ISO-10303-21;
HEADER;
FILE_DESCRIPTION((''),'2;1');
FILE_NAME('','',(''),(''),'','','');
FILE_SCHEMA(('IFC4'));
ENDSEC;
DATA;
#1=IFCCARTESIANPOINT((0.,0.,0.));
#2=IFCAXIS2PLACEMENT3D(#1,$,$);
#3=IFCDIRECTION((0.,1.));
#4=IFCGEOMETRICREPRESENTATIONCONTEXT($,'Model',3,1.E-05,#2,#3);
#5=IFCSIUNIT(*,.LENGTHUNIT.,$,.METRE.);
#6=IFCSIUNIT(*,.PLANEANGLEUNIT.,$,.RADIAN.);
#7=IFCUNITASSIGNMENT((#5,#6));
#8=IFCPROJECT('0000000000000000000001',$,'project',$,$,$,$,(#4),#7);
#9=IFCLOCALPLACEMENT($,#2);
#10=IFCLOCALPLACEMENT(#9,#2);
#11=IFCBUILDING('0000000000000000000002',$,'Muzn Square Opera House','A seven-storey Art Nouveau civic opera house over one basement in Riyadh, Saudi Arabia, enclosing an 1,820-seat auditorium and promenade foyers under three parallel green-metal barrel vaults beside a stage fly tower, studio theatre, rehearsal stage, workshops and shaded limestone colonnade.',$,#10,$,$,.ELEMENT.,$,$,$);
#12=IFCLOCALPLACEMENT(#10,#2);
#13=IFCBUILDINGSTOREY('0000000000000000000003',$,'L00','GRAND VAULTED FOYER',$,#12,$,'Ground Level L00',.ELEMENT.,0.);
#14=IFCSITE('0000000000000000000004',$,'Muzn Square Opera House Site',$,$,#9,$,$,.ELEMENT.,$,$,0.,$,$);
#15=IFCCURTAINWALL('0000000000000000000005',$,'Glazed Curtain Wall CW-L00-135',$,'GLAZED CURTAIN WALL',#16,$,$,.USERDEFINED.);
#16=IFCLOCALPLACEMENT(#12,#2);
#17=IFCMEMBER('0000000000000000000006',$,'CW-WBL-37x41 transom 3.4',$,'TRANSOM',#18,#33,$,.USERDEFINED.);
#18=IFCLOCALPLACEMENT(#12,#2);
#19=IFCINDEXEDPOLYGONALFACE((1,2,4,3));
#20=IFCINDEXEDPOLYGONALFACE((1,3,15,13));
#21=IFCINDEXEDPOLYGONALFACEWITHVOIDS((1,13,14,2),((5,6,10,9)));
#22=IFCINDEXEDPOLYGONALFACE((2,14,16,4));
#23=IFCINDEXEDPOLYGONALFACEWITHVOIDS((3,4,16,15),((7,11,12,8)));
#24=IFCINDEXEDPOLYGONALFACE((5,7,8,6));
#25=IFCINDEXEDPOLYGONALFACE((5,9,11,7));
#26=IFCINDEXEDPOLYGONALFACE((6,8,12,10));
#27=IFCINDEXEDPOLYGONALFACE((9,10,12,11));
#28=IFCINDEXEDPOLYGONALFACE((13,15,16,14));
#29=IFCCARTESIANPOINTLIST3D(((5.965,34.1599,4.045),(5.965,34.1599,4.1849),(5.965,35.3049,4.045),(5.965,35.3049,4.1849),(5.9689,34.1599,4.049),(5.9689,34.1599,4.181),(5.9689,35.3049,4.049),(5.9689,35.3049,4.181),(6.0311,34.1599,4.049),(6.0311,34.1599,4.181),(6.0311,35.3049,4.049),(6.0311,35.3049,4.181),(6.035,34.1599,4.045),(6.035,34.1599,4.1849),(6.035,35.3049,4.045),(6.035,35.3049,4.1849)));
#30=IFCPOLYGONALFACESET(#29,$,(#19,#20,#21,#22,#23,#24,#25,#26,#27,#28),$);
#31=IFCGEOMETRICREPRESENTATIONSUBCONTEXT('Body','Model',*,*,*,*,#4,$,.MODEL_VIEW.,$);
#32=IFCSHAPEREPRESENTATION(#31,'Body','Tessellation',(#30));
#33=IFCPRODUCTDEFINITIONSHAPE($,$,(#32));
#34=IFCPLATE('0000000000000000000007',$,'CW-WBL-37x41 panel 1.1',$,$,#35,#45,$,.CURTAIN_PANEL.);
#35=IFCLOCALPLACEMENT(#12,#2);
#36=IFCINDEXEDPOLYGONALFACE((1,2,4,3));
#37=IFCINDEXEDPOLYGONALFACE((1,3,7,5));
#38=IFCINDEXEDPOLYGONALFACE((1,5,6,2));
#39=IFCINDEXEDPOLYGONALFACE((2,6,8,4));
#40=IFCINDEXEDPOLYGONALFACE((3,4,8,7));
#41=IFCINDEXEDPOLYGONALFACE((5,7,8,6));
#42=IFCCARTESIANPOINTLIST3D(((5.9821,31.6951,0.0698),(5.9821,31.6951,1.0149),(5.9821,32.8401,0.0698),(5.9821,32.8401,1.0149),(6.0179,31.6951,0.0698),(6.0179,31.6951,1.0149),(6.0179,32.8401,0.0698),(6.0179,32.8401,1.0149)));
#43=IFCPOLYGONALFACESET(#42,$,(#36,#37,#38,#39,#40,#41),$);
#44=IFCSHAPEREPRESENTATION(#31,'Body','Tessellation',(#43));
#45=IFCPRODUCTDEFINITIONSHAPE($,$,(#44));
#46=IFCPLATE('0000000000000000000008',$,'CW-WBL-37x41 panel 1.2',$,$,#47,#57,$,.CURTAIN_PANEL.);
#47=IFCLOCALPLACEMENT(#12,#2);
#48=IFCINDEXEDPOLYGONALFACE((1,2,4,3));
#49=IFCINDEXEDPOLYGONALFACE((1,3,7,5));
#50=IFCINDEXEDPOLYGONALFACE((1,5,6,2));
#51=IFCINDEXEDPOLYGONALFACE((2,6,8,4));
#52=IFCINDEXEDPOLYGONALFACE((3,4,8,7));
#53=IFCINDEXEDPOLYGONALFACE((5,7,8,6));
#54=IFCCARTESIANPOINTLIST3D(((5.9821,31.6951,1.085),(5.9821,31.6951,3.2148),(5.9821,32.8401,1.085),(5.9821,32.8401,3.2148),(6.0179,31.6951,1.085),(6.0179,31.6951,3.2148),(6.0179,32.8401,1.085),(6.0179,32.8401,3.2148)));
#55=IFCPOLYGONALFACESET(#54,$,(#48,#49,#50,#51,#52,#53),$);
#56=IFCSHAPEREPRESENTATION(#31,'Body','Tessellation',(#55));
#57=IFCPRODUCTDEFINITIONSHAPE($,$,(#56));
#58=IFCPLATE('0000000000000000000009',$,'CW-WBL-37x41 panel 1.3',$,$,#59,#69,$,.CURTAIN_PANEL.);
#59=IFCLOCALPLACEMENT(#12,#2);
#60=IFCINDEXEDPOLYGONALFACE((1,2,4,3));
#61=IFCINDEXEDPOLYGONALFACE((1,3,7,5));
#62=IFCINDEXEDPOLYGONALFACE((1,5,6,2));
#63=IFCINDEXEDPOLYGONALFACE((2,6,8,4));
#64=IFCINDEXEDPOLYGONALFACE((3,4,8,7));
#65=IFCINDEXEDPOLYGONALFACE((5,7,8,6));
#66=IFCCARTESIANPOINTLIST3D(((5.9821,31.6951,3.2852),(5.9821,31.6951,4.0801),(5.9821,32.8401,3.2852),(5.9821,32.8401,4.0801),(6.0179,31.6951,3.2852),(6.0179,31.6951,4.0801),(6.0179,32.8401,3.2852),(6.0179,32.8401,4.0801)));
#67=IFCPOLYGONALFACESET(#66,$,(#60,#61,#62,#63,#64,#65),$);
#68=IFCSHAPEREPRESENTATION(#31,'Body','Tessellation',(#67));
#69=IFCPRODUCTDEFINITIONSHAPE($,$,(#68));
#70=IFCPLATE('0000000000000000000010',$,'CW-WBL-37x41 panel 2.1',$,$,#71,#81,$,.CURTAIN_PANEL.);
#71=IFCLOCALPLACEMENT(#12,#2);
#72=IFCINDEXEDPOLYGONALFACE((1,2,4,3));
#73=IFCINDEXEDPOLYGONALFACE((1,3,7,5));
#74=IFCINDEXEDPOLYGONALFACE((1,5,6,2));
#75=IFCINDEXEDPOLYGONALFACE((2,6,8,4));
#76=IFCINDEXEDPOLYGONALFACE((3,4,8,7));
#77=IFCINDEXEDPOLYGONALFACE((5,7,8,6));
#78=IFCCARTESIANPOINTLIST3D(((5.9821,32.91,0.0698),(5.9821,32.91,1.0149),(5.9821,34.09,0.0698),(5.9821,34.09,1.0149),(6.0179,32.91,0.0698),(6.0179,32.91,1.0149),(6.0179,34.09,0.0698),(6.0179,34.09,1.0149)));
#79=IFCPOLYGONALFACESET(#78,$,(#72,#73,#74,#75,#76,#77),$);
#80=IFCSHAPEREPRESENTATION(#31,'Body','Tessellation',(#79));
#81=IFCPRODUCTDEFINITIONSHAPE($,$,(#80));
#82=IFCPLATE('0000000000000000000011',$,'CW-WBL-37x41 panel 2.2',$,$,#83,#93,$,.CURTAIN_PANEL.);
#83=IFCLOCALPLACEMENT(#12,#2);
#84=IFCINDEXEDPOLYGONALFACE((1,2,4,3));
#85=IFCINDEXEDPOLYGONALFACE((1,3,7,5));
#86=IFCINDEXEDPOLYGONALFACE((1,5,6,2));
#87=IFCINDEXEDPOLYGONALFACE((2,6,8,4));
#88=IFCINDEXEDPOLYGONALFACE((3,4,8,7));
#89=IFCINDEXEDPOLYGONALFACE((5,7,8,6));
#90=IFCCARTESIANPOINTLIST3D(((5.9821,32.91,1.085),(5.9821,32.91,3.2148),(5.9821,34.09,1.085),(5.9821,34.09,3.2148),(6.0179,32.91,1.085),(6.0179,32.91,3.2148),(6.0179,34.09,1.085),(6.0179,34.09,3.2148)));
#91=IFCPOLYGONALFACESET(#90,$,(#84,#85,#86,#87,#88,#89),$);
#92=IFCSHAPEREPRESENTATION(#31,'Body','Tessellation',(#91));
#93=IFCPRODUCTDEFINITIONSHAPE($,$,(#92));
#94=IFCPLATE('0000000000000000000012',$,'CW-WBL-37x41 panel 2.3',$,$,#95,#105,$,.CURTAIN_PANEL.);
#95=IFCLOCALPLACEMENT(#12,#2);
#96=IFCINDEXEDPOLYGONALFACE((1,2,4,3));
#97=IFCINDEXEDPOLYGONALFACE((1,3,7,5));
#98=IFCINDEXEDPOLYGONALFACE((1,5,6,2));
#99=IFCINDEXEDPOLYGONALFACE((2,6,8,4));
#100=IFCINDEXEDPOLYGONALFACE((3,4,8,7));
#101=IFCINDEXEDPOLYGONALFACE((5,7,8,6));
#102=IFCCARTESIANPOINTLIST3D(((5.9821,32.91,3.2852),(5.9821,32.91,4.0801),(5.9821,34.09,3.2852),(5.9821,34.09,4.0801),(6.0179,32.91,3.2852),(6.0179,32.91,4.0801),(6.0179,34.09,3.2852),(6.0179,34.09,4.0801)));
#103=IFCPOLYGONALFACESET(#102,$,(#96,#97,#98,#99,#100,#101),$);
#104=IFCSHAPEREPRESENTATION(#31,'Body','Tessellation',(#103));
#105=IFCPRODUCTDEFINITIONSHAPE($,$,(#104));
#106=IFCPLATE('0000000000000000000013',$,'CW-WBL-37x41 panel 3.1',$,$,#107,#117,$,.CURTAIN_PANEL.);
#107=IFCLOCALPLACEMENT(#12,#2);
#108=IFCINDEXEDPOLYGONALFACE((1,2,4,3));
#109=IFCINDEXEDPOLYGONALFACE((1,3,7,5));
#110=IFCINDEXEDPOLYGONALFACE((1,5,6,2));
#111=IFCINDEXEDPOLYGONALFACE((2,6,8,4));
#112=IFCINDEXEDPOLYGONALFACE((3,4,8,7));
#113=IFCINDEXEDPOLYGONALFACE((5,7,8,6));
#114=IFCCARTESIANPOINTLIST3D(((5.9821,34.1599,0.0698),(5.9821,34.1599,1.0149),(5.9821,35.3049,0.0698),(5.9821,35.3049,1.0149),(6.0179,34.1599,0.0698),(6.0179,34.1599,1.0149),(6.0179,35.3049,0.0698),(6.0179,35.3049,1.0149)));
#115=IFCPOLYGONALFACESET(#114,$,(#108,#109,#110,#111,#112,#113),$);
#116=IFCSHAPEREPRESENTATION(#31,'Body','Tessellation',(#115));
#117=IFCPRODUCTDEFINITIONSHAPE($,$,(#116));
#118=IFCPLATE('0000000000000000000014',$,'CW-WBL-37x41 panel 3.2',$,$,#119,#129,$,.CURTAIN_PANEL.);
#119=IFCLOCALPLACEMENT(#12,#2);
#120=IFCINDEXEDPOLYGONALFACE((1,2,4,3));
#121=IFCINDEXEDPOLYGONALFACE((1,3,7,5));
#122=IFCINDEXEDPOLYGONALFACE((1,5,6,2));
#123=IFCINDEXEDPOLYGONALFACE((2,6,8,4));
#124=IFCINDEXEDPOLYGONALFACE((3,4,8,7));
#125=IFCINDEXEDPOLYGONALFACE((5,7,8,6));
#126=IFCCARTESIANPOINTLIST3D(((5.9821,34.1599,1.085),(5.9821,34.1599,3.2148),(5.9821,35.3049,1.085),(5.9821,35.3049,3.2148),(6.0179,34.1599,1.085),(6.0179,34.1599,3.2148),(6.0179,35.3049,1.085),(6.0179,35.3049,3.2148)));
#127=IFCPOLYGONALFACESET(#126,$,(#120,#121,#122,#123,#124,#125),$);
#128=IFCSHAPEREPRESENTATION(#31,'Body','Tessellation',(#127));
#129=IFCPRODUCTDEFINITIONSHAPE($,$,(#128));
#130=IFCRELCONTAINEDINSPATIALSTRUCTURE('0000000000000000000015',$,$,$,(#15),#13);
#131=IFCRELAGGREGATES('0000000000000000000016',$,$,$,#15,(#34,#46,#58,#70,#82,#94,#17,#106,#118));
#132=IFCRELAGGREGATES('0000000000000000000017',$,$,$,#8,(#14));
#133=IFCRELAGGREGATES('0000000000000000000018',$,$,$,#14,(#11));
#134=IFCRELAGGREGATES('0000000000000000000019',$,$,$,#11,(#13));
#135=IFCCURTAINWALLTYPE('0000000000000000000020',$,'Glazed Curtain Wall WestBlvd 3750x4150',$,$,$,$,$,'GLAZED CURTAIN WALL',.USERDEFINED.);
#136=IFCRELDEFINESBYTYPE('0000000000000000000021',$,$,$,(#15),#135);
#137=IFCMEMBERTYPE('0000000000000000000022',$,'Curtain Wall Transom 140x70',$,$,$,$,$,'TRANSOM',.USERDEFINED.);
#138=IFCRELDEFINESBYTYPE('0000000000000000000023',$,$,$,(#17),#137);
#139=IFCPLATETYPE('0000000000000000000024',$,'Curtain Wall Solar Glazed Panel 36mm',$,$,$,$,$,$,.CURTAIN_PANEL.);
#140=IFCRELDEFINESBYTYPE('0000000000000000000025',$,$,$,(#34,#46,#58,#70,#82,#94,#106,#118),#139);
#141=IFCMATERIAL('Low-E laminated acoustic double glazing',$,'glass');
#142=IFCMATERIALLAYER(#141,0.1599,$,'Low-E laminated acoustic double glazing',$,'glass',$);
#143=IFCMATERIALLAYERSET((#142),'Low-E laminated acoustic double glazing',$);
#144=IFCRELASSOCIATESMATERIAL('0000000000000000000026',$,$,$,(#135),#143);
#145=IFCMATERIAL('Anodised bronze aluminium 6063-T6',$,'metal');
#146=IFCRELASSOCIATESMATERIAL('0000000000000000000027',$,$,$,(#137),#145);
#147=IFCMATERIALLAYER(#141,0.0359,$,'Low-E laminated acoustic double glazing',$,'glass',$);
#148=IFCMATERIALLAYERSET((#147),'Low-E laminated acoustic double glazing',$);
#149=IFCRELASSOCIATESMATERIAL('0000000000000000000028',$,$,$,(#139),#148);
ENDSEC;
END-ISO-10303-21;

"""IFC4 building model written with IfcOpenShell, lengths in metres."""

from ifc_helpers import new_model, si_unit, direction, frame, origin, origin_2d, place, context, subcontext, project, spatial, rectangle, hollow_rectangle, extrude, material, layer, layer_set, material_profile, profile_set, type_object, element, aggregate, save


model = new_model("IFC4")

# Units and contexts
model_context = context("Model", 3, precision=1e-05, world=origin(), true_north=direction((0.0, 1.0)))
body_context = subcontext(model_context, "Body", "Model", "MODEL_VIEW")
ifc_project = project(units=[si_unit("LENGTHUNIT", "METRE"), si_unit("PLANEANGLEUNIT", "RADIAN")], contexts=[model_context])

# Site, building, storey
site_placement = place(None, origin())
site = spatial("IfcSite", under=ifc_project, at=site_placement, Name="Muzn Square Opera House Site", CompositionType="ELEMENT", RefElevation=0.0)
building_placement = place(site_placement, origin())
building = spatial("IfcBuilding", under=site, at=building_placement, Name="Muzn Square Opera House", Description="A seven-storey Art Nouveau civic opera house over one basement in Riyadh, Saudi Arabia, enclosing an 1,820-seat auditorium and promenade foyers under three parallel green-metal barrel vaults beside a stage fly tower, studio theatre, rehearsal stage, workshops and shaded limestone colonnade.", CompositionType="ELEMENT")
storey_placement = place(building_placement, origin())
storey = spatial("IfcBuildingStorey", under=building, at=storey_placement, Name="L00", Description="GRAND VAULTED FOYER", LongName="Ground Level L00", CompositionType="ELEMENT", Elevation=0.0)

# Curtain wall, member, plates
ifc_material_1 = material(Name="Low-E laminated acoustic double glazing", Category="glass")
ifc_layer_1 = layer(ifc_material_1, 0.1599, Name="Low-E laminated acoustic double glazing", Category="glass")
ifc_layer_set_1 = layer_set([ifc_layer_1], Name="Low-E laminated acoustic double glazing")
curtain_wall_type = type_object("IfcCurtainWallType", Name="Glazed Curtain Wall WestBlvd 3750x4150", ElementType="GLAZED CURTAIN WALL", PredefinedType="USERDEFINED", material=ifc_layer_set_1)
curtain_wall_placement = place(storey_placement, origin())
curtain_wall = element("IfcCurtainWall", 1, at=curtain_wall_placement, inside=storey, type_object=curtain_wall_type, Name="Glazed Curtain Wall CW-L00-135", ObjectType="GLAZED CURTAIN WALL", PredefinedType="USERDEFINED")
ifc_material_2 = material(Name="Anodised bronze aluminium 6063-T6", Category="metal")
ifc_material_profile_1 = material_profile(ifc_material_2, hollow_rectangle(XDim=0.0701, YDim=0.1399, WallThickness=0.0039, at=origin_2d()), Name="ALU 140x70x4", Category="metal")
ifc_profile_set_1 = profile_set([ifc_material_profile_1], Name="Anodised bronze aluminium 6063-T6")
member_type_1 = type_object("IfcMemberType", Name="Curtain Wall Transom 140x70", ElementType="TRANSOM", PredefinedType="USERDEFINED", material=ifc_profile_set_1)
member_1_placement = place(storey_placement, frame((6.0, 34.1599, 4.115), z_axis=(0.0, 1.0, 0.0), x_axis=(-1.0, 0.0, 0.0)))
member_1 = element("IfcMember", 2, at=member_1_placement, type_object=member_type_1, Name="CW-WBL-37x41 transom 3.4", ObjectType="TRANSOM", PredefinedType="USERDEFINED", context=body_context, shape_type="SweptSolid", body=[
    extrude(hollow_rectangle(XDim=0.0701, YDim=0.1399, WallThickness=0.0039, at=origin_2d()), origin(), (0.0, 0.0, 1.0), 1.145),
])
ifc_layer_2 = layer(ifc_material_1, 0.0359, Name="Low-E laminated acoustic double glazing", Category="glass")
ifc_layer_set_2 = layer_set([ifc_layer_2], Name="Low-E laminated acoustic double glazing")
plate_type = type_object("IfcPlateType", Name="Curtain Wall Solar Glazed Panel 36mm", PredefinedType="CURTAIN_PANEL", material=ifc_layer_set_2)
plate_1_placement = place(storey_placement, frame((6.0, 32.2676, 0.0698), z_axis=(0.0, 0.0, 1.0), x_axis=(0.0, 1.0, 0.0)))
plate_1 = element("IfcPlate", 3, at=plate_1_placement, type_object=plate_type, Name="CW-WBL-37x41 panel 1.1", PredefinedType="CURTAIN_PANEL", context=body_context, shape_type="SweptSolid", body=[
    extrude(rectangle(XDim=1.145, YDim=0.0359, at=origin_2d()), origin(), (0.0, 0.0, 1.0), 0.9451),
])
plate_2_placement = place(storey_placement, frame((6.0, 32.2676, 1.085), z_axis=(0.0, 0.0, 1.0), x_axis=(0.0, 1.0, 0.0)))
plate_2 = element("IfcPlate", 4, at=plate_2_placement, type_object=plate_type, Name="CW-WBL-37x41 panel 1.2", PredefinedType="CURTAIN_PANEL", context=body_context, shape_type="SweptSolid", body=[
    extrude(rectangle(XDim=1.145, YDim=0.0359, at=origin_2d()), origin(), (0.0, 0.0, 1.0), 2.1299),
])
plate_3_placement = place(storey_placement, frame((6.0, 32.2676, 3.2852), z_axis=(0.0, 0.0, 1.0), x_axis=(0.0, 1.0, 0.0)))
plate_3 = element("IfcPlate", 5, at=plate_3_placement, type_object=plate_type, Name="CW-WBL-37x41 panel 1.3", PredefinedType="CURTAIN_PANEL", context=body_context, shape_type="SweptSolid", body=[
    extrude(rectangle(XDim=1.145, YDim=0.0359, at=origin_2d()), origin(), (0.0, 0.0, 1.0), 0.7949),
])
plate_4_placement = place(storey_placement, frame((6.0, 33.5, 0.0698), z_axis=(0.0, 0.0, 1.0), x_axis=(0.0, 1.0, 0.0)))
plate_4 = element("IfcPlate", 6, at=plate_4_placement, type_object=plate_type, Name="CW-WBL-37x41 panel 2.1", PredefinedType="CURTAIN_PANEL", context=body_context, shape_type="SweptSolid", body=[
    extrude(rectangle(XDim=1.1799, YDim=0.0359, at=origin_2d()), origin(), (0.0, 0.0, 1.0), 0.9451),
])
plate_5_placement = place(storey_placement, frame((6.0, 33.5, 1.085), z_axis=(0.0, 0.0, 1.0), x_axis=(0.0, 1.0, 0.0)))
plate_5 = element("IfcPlate", 7, at=plate_5_placement, type_object=plate_type, Name="CW-WBL-37x41 panel 2.2", PredefinedType="CURTAIN_PANEL", context=body_context, shape_type="SweptSolid", body=[
    extrude(rectangle(XDim=1.1799, YDim=0.0359, at=origin_2d()), origin(), (0.0, 0.0, 1.0), 2.1299),
])
plate_6_placement = place(storey_placement, frame((6.0, 33.5, 3.2852), z_axis=(0.0, 0.0, 1.0), x_axis=(0.0, 1.0, 0.0)))
plate_6 = element("IfcPlate", 8, at=plate_6_placement, type_object=plate_type, Name="CW-WBL-37x41 panel 2.3", PredefinedType="CURTAIN_PANEL", context=body_context, shape_type="SweptSolid", body=[
    extrude(rectangle(XDim=1.1799, YDim=0.0359, at=origin_2d()), origin(), (0.0, 0.0, 1.0), 0.7949),
])
plate_7_placement = place(storey_placement, frame((6.0, 34.7324, 0.0698), z_axis=(0.0, 0.0, 1.0), x_axis=(0.0, 1.0, 0.0)))
plate_7 = element("IfcPlate", 9, at=plate_7_placement, type_object=plate_type, Name="CW-WBL-37x41 panel 3.1", PredefinedType="CURTAIN_PANEL", context=body_context, shape_type="SweptSolid", body=[
    extrude(rectangle(XDim=1.145, YDim=0.0359, at=origin_2d()), origin(), (0.0, 0.0, 1.0), 0.9451),
])
plate_8_placement = place(storey_placement, frame((6.0, 34.7324, 1.085), z_axis=(0.0, 0.0, 1.0), x_axis=(0.0, 1.0, 0.0)))
plate_8 = element("IfcPlate", 10, at=plate_8_placement, type_object=plate_type, Name="CW-WBL-37x41 panel 3.2", PredefinedType="CURTAIN_PANEL", context=body_context, shape_type="SweptSolid", body=[
    extrude(rectangle(XDim=1.145, YDim=0.0359, at=origin_2d()), origin(), (0.0, 0.0, 1.0), 2.1299),
])
aggregate(curtain_wall, [plate_1, plate_2, plate_3, plate_4, plate_5, plate_6, member_1, plate_7, plate_8])

save(model, "model.ifc")
